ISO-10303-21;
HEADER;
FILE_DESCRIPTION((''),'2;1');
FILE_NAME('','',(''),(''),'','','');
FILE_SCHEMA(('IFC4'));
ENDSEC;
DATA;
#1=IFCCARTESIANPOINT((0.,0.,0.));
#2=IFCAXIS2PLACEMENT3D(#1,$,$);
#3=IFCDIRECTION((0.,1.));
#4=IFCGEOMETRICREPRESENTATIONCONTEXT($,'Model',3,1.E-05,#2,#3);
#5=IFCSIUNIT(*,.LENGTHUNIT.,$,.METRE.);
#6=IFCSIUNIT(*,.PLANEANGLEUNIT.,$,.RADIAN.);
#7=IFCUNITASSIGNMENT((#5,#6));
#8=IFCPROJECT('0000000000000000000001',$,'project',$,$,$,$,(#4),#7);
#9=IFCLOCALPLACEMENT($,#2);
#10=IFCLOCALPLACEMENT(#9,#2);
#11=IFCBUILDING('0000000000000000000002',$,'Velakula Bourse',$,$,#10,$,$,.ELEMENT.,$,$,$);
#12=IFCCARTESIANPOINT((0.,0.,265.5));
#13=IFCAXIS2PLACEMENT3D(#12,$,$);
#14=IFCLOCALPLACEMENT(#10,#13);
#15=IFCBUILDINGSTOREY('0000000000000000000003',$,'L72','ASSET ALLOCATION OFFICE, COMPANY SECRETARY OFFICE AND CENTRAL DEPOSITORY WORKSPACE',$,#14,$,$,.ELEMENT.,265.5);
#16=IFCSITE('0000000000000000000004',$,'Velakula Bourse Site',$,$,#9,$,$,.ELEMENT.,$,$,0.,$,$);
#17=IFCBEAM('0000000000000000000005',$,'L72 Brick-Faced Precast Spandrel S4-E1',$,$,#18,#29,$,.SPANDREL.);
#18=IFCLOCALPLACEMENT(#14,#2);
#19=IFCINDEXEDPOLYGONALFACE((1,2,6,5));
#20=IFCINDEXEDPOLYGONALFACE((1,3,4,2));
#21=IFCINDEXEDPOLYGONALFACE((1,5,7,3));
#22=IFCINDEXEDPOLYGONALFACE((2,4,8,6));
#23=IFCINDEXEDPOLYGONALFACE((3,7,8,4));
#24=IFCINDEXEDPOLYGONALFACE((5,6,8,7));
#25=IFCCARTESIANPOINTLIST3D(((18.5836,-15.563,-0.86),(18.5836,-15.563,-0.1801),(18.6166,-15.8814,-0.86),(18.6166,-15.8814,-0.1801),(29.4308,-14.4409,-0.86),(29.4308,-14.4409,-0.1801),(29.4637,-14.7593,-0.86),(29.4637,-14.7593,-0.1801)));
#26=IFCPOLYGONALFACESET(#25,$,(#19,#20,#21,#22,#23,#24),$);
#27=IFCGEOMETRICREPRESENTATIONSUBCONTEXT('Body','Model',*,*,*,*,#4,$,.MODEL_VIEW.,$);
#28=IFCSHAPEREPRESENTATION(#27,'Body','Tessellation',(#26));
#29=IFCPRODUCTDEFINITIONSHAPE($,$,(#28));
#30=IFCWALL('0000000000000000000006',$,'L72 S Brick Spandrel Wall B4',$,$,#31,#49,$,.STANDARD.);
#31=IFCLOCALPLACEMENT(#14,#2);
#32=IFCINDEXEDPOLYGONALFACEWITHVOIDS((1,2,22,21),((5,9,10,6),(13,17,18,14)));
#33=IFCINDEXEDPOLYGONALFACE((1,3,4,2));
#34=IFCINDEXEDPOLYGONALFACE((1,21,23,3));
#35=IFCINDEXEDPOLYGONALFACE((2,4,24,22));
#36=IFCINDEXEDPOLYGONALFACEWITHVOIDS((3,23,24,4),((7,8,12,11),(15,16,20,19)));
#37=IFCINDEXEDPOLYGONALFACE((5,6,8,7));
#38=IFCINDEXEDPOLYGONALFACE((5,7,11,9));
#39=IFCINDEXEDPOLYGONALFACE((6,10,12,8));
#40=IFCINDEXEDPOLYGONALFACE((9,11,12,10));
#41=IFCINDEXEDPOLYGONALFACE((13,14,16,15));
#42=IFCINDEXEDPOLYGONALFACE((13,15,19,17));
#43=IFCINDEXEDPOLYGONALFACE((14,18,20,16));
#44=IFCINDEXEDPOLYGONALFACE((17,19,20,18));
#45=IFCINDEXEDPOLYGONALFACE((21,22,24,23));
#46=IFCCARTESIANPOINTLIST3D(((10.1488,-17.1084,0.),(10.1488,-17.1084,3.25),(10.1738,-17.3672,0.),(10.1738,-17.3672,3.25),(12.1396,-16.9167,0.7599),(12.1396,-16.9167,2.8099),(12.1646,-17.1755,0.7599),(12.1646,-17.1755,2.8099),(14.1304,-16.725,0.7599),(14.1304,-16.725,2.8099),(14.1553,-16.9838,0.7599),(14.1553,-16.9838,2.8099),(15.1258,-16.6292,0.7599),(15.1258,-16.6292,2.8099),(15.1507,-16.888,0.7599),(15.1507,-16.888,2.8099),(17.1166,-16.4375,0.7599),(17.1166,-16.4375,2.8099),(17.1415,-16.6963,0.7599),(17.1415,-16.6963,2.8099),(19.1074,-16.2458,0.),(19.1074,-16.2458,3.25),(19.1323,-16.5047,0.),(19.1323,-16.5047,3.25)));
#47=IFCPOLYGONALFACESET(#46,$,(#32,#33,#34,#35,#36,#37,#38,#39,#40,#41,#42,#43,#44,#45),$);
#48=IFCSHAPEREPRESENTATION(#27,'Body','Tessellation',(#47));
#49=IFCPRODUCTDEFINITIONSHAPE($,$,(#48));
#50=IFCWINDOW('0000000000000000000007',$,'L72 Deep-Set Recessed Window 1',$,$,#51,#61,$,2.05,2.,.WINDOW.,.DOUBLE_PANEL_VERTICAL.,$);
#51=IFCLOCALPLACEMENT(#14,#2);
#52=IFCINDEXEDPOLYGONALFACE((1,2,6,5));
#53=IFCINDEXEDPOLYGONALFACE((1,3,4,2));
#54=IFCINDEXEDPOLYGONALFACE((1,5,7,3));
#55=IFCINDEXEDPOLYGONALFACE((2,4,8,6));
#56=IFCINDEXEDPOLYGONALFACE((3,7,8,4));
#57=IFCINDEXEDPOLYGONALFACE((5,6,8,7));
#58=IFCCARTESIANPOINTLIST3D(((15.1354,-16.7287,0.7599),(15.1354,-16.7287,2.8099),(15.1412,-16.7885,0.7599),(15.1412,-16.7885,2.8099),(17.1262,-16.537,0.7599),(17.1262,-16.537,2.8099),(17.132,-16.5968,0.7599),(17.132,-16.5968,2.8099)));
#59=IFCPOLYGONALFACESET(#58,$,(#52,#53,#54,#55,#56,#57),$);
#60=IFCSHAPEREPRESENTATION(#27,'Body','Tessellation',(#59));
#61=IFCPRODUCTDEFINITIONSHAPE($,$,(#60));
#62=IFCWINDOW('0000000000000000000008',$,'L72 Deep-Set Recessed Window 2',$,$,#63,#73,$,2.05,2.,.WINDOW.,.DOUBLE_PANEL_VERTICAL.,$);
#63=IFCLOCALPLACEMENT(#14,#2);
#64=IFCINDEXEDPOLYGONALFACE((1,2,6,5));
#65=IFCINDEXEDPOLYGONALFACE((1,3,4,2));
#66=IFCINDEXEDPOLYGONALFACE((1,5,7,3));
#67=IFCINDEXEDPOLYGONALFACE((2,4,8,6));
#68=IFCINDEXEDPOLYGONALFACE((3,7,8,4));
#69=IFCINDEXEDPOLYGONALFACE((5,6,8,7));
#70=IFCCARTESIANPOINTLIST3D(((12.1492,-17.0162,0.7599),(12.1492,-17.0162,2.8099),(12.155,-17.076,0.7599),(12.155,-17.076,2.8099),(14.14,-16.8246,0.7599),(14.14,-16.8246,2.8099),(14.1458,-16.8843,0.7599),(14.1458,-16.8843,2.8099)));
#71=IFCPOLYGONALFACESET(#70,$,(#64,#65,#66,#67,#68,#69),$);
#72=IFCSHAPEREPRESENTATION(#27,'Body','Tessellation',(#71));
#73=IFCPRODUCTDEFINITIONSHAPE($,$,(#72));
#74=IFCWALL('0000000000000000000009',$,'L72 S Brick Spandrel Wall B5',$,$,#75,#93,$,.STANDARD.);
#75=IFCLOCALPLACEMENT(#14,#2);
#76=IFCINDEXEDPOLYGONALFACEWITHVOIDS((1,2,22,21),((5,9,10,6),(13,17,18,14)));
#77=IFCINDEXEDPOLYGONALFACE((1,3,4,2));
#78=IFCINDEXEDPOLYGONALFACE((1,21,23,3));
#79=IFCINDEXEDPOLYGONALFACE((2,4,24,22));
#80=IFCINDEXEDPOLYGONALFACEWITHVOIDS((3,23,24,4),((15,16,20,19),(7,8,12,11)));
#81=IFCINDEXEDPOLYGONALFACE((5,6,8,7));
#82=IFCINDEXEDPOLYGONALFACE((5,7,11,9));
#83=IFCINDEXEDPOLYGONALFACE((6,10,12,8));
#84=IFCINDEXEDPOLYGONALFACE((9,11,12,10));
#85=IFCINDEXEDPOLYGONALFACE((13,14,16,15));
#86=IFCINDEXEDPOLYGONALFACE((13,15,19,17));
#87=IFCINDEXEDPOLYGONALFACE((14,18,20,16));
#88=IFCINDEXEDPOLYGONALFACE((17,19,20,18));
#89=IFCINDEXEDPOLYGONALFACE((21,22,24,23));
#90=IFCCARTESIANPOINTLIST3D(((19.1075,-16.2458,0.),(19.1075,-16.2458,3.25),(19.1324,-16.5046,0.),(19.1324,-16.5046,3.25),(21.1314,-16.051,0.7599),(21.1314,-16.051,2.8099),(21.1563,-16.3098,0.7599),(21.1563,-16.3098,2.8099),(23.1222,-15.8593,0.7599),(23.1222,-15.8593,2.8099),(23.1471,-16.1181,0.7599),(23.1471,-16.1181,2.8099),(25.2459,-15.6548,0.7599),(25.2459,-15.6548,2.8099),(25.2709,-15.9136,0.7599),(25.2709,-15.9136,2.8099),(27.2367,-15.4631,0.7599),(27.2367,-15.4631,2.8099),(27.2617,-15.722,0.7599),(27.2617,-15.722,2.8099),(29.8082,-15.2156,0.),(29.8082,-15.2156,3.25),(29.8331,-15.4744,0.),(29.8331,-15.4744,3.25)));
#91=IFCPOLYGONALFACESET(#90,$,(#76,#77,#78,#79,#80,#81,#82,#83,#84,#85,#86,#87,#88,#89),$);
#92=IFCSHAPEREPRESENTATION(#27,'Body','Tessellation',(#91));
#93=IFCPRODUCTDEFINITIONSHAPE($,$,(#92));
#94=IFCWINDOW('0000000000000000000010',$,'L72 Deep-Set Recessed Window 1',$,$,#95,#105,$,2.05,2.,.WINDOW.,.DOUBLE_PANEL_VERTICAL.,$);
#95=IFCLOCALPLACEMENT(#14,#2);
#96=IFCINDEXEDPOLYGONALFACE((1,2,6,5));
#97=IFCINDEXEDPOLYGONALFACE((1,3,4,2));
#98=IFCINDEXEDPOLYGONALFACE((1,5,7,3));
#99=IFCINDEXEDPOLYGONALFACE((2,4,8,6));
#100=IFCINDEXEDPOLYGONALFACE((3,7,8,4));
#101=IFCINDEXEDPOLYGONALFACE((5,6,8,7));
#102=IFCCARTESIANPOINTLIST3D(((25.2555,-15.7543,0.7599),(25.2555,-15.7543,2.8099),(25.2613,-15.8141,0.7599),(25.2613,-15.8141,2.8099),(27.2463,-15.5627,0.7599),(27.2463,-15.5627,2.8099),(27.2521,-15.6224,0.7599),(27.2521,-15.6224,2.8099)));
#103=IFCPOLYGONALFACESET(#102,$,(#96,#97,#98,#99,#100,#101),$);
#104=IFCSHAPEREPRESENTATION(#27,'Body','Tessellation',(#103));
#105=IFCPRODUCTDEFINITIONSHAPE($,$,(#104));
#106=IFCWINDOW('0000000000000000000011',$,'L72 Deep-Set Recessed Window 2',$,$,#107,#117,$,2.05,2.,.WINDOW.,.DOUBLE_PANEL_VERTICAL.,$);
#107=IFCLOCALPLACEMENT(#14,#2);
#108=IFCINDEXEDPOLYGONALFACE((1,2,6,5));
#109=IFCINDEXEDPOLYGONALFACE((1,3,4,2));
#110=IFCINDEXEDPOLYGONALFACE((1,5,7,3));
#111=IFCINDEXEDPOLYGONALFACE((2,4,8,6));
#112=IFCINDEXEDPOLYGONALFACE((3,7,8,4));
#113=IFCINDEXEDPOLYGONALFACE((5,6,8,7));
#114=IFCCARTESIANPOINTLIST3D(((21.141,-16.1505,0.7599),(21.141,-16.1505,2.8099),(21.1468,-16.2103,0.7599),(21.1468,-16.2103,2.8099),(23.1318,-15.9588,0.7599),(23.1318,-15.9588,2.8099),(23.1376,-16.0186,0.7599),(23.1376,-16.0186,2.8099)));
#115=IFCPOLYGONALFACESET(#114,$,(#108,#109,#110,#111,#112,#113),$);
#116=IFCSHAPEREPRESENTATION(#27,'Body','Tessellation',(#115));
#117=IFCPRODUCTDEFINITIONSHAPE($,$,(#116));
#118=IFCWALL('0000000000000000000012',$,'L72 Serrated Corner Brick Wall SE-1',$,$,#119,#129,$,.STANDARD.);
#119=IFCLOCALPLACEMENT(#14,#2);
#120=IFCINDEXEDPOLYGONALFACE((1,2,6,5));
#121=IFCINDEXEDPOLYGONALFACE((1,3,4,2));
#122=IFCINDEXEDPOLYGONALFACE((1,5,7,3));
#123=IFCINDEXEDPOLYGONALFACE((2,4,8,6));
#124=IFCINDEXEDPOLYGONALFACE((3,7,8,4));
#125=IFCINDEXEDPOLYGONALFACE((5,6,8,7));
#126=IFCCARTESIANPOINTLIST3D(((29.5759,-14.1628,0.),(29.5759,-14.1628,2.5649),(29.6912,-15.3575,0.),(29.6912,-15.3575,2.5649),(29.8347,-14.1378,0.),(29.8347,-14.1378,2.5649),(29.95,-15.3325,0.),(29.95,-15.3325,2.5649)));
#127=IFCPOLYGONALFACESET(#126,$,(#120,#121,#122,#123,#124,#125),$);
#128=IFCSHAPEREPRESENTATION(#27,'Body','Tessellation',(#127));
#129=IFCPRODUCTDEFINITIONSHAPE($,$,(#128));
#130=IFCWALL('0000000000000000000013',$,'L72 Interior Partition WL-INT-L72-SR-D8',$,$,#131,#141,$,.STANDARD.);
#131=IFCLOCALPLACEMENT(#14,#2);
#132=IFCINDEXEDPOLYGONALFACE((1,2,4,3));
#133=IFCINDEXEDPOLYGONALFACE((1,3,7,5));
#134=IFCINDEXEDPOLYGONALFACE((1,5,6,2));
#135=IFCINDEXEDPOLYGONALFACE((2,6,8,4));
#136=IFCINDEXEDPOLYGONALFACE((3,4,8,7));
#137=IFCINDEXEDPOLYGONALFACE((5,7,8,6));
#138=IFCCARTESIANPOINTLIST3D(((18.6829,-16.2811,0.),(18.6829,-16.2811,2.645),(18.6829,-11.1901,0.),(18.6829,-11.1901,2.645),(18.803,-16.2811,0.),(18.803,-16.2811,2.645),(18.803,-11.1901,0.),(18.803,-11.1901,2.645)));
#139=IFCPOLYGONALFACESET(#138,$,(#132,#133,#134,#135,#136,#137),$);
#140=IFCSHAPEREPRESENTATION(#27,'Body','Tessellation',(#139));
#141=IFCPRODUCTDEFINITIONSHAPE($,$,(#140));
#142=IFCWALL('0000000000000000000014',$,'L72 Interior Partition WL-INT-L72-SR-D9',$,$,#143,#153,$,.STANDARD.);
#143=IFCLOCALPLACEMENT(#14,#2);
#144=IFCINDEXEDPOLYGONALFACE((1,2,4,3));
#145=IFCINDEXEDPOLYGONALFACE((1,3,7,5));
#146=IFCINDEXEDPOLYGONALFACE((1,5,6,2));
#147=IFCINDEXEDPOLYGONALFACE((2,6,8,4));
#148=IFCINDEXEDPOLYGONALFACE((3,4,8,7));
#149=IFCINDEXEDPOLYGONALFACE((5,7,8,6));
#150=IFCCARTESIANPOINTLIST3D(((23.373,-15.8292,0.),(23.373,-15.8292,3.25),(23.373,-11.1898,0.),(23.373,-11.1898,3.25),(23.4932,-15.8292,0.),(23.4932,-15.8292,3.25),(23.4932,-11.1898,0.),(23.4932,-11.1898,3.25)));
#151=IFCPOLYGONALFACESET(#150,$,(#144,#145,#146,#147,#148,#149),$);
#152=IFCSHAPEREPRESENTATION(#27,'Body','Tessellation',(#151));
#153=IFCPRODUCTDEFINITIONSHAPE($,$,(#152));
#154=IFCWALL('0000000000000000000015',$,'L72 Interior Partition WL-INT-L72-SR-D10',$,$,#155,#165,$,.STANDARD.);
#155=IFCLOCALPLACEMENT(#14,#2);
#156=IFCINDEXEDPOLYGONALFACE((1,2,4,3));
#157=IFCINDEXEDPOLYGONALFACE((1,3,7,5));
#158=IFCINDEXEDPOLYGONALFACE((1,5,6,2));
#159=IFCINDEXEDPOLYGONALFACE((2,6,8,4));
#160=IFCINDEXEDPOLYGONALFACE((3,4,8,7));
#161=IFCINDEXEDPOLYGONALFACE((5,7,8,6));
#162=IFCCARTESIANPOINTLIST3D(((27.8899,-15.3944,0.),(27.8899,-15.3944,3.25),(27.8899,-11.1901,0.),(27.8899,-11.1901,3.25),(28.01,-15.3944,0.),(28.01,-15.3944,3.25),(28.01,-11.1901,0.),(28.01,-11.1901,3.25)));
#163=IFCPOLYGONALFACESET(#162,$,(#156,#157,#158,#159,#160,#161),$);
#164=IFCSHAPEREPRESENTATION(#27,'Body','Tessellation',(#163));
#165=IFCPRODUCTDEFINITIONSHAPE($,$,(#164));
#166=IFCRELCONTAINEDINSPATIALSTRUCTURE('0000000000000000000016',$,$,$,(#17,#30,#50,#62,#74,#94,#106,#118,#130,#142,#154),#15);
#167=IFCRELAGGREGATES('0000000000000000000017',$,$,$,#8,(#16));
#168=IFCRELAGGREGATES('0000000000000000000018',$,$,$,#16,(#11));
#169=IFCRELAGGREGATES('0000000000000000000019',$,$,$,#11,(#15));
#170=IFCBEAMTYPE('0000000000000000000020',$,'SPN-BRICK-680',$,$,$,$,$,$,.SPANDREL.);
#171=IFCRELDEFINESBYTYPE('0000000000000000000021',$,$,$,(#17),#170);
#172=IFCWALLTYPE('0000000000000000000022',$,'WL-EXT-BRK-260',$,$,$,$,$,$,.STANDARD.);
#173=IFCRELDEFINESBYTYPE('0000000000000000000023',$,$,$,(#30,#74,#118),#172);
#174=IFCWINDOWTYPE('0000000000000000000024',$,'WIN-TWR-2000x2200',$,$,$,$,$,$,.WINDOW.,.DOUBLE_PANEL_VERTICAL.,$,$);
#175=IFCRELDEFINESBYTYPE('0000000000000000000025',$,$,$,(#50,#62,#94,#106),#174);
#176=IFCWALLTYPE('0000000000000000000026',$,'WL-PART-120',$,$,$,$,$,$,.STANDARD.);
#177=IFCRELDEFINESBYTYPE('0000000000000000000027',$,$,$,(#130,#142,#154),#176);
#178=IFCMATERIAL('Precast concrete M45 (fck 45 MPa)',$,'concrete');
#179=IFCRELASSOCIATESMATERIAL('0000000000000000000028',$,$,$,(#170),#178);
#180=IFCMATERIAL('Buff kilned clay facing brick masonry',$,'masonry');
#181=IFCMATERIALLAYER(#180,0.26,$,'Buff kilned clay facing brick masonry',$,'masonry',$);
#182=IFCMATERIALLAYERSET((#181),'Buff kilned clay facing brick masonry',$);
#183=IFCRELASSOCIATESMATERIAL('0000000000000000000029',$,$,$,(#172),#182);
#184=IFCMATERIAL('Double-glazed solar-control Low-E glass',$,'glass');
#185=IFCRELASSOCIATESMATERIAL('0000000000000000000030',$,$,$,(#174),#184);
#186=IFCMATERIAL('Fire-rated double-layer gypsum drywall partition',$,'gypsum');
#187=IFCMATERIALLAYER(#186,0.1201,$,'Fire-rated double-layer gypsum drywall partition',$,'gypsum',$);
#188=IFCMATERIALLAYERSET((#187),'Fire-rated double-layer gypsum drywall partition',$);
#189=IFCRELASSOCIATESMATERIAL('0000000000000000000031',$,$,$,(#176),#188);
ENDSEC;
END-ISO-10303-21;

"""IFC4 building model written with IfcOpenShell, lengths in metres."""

from ifc_helpers import new_model, si_unit, direction, frame, frame_2d, origin, origin_2d, place, context, subcontext, project, spatial, rectangle, extrude, material, layer, layer_set, material_profile, profile_set, type_object, element, fill, save


model = new_model("IFC4")

# Units and contexts
model_context = context("Model", 3, precision=1e-05, world=origin(), true_north=direction((0.0, 1.0)))
body_context = subcontext(model_context, "Body", "Model", "MODEL_VIEW")
ifc_project = project(units=[si_unit("LENGTHUNIT", "METRE"), si_unit("PLANEANGLEUNIT", "RADIAN")], contexts=[model_context])

# Site, building, storey
site_placement = place(None, origin())
site = spatial("IfcSite", under=ifc_project, at=site_placement, Name="Velakula Bourse Site", CompositionType="ELEMENT", RefElevation=0.0)
building_placement = place(site_placement, origin())
building = spatial("IfcBuilding", under=site, at=building_placement, Name="Velakula Bourse", CompositionType="ELEMENT")
storey_placement = place(building_placement, frame((0.0, 0.0, 265.5)))
storey = spatial("IfcBuildingStorey", under=building, at=storey_placement, Name="L72", Description="ASSET ALLOCATION OFFICE, COMPANY SECRETARY OFFICE AND CENTRAL DEPOSITORY WORKSPACE", CompositionType="ELEMENT", Elevation=265.5)

# Beam
ifc_material_1 = material(Name="Precast concrete M45 (fck 45 MPa)", Category="concrete")
ifc_material_profile_1 = material_profile(ifc_material_1, rectangle(XDim=0.3201, YDim=0.6799, at=origin_2d()), Name="Precast concrete M45 (fck 45 MPa)")
ifc_profile_set_1 = profile_set([ifc_material_profile_1], Name="Precast concrete M45 (fck 45 MPa)")
beam_type_1 = type_object("IfcBeamType", Name="SPN-BRICK-680", PredefinedType="SPANDREL", material=ifc_profile_set_1)
beam_1_placement = place(storey_placement, frame((18.6001, -15.7222, -0.52), z_axis=(0.994692, 0.102895, 0.0), x_axis=(-0.102895, 0.994692, 0.0)))
element("IfcBeam", 1, at=beam_1_placement, inside=storey, type_object=beam_type_1, Name="L72 Brick-Faced Precast Spandrel S4-E1", PredefinedType="SPANDREL", context=body_context, shape_type="SweptSolid", body=[
    extrude(rectangle(XDim=0.3201, YDim=0.6799, at=origin_2d()), origin(), (0.0, 0.0, 1.0), 10.905),
])

# Walls, openings, windows
ifc_material_2 = material(Name="Buff kilned clay facing brick masonry", Category="masonry")
ifc_layer_1 = layer(ifc_material_2, 0.26, Name="Buff kilned clay facing brick masonry", Category="masonry")
ifc_layer_set_1 = layer_set([ifc_layer_1], Name="Buff kilned clay facing brick masonry")
wall_type_1 = type_object("IfcWallType", Name="WL-EXT-BRK-260", PredefinedType="STANDARD", material=ifc_layer_set_1)
wall_1_placement = place(storey_placement, frame((19.1199, -16.3752, 0.0), z_axis=(0.0, 0.0, 1.0), x_axis=(-0.995397, -0.09584, 0.0)))
wall_1 = element("IfcWall", 2, at=wall_1_placement, inside=storey, type_object=wall_type_1, Name="L72 S Brick Spandrel Wall B4", PredefinedType="STANDARD", context=body_context, shape_type="SweptSolid", body=[
    extrude(rectangle(XDim=9.0, YDim=0.26, at=frame_2d((4.5, 0.0))), origin(), (0.0, 0.0, 1.0), 3.25),
])
opening_1_placement = place(wall_1_placement, frame((2.0, 0.0, 0.76)))
opening_1 = element("IfcOpeningElement", 3, at=opening_1_placement, cuts=wall_1, PredefinedType="OPENING", context=body_context, shape_type="SweptSolid", body=[
    extrude(rectangle(XDim=2.0, YDim=2.05, at=frame_2d((1.0, 1.0249))), frame((0.0, 0.1399, 0.0), z_axis=(0.0, -1.0, 0.0), x_axis=(1.0, 0.0, 0.0)), (0.0, 0.0, 1.0), 0.28),
])
opening_2_placement = place(wall_1_placement, frame((5.0, 0.0, 0.76)))
opening_2 = element("IfcOpeningElement", 4, at=opening_2_placement, cuts=wall_1, PredefinedType="OPENING", context=body_context, shape_type="SweptSolid", body=[
    extrude(rectangle(XDim=2.0, YDim=2.05, at=frame_2d((1.0, 1.0249))), frame((0.0, 0.1399, 0.0), z_axis=(0.0, -1.0, 0.0), x_axis=(1.0, 0.0, 0.0)), (0.0, 0.0, 1.0), 0.28),
])
ifc_material_3 = material(Name="Double-glazed solar-control Low-E glass", Category="glass")
window_type = type_object("IfcWindowType", Name="WIN-TWR-2000x2200", PartitioningType="DOUBLE_PANEL_VERTICAL", PredefinedType="WINDOW", material=ifc_material_3)
window_1_placement = place(opening_1_placement, origin())
window_1 = element("IfcWindow", 5, at=window_1_placement, inside=storey, type_object=window_type, Name="L72 Deep-Set Recessed Window 1", OverallHeight=2.05, OverallWidth=2.0, PartitioningType="DOUBLE_PANEL_VERTICAL", PredefinedType="WINDOW", context=body_context, shape_type="SweptSolid", body=[
    extrude(rectangle(XDim=2.0, YDim=2.05, at=frame_2d((1.0, 1.0249))), frame((0.0, 0.03, 0.0), z_axis=(0.0, -1.0, 0.0), x_axis=(1.0, 0.0, 0.0)), (0.0, 0.0, 1.0), 0.0601),
])
fill(opening_1, window_1)
window_2_placement = place(opening_2_placement, origin())
window_2 = element("IfcWindow", 6, at=window_2_placement, inside=storey, type_object=window_type, Name="L72 Deep-Set Recessed Window 2", OverallHeight=2.05, OverallWidth=2.0, PartitioningType="DOUBLE_PANEL_VERTICAL", PredefinedType="WINDOW", context=body_context, shape_type="SweptSolid", body=[
    extrude(rectangle(XDim=2.0, YDim=2.05, at=frame_2d((1.0, 1.0249))), frame((0.0, 0.03, 0.0), z_axis=(0.0, -1.0, 0.0), x_axis=(1.0, 0.0, 0.0)), (0.0, 0.0, 1.0), 0.0601),
])
fill(opening_2, window_2)
wall_2_placement = place(storey_placement, frame((29.8206, -15.345, 0.0), z_axis=(0.0, 0.0, 1.0), x_axis=(-0.995397, -0.095838, 0.0)))
wall_2 = element("IfcWall", 7, at=wall_2_placement, inside=storey, type_object=wall_type_1, Name="L72 S Brick Spandrel Wall B5", PredefinedType="STANDARD", context=body_context, shape_type="SweptSolid", body=[
    extrude(rectangle(XDim=10.7502, YDim=0.26, at=frame_2d((5.375, 0.0))), origin(), (0.0, 0.0, 1.0), 3.25),
])
opening_3_placement = place(wall_2_placement, frame((2.5833, 0.0, 0.76)))
opening_3 = element("IfcOpeningElement", 8, at=opening_3_placement, cuts=wall_2, PredefinedType="OPENING", context=body_context, shape_type="SweptSolid", body=[
    extrude(rectangle(XDim=2.0, YDim=2.05, at=frame_2d((1.0, 1.0249))), frame((0.0, 0.1399, 0.0), z_axis=(0.0, -1.0, 0.0), x_axis=(1.0, 0.0, 0.0)), (0.0, 0.0, 1.0), 0.28),
])
opening_4_placement = place(wall_2_placement, frame((6.7168, 0.0, 0.76)))
opening_4 = element("IfcOpeningElement", 9, at=opening_4_placement, cuts=wall_2, PredefinedType="OPENING", context=body_context, shape_type="SweptSolid", body=[
    extrude(rectangle(XDim=2.0, YDim=2.05, at=frame_2d((1.0, 1.0249))), frame((0.0, 0.1399, 0.0), z_axis=(0.0, -1.0, 0.0), x_axis=(1.0, 0.0, 0.0)), (0.0, 0.0, 1.0), 0.28),
])
window_3_placement = place(opening_3_placement, origin())
window_3 = element("IfcWindow", 10, at=window_3_placement, inside=storey, type_object=window_type, Name="L72 Deep-Set Recessed Window 1", OverallHeight=2.05, OverallWidth=2.0, PartitioningType="DOUBLE_PANEL_VERTICAL", PredefinedType="WINDOW", context=body_context, shape_type="SweptSolid", body=[
    extrude(rectangle(XDim=2.0, YDim=2.05, at=frame_2d((1.0, 1.0249))), frame((0.0, 0.03, 0.0), z_axis=(0.0, -1.0, 0.0), x_axis=(1.0, 0.0, 0.0)), (0.0, 0.0, 1.0), 0.0601),
])
fill(opening_3, window_3)
window_4_placement = place(opening_4_placement, origin())
window_4 = element("IfcWindow", 11, at=window_4_placement, inside=storey, type_object=window_type, Name="L72 Deep-Set Recessed Window 2", OverallHeight=2.05, OverallWidth=2.0, PartitioningType="DOUBLE_PANEL_VERTICAL", PredefinedType="WINDOW", context=body_context, shape_type="SweptSolid", body=[
    extrude(rectangle(XDim=2.0, YDim=2.05, at=frame_2d((1.0, 1.0249))), frame((0.0, 0.03, 0.0), z_axis=(0.0, -1.0, 0.0), x_axis=(1.0, 0.0, 0.0)), (0.0, 0.0, 1.0), 0.0601),
])
fill(opening_4, window_4)

# Walls
wall_3_placement = place(storey_placement, frame((29.8206, -15.345, 0.0), z_axis=(0.0, 0.0, 1.0), x_axis=(-0.096019, 0.99538, 0.0)))
element("IfcWall", 12, at=wall_3_placement, inside=storey, type_object=wall_type_1, Name="L72 Serrated Corner Brick Wall SE-1", PredefinedType="STANDARD", context=body_context, shape_type="SweptSolid", body=[
    extrude(rectangle(XDim=1.2002, YDim=0.26, at=frame_2d((0.6001, 0.0))), origin(), (0.0, 0.0, 1.0), 2.5649),
])
ifc_material_4 = material(Name="Fire-rated double-layer gypsum drywall partition", Category="gypsum")
ifc_layer_2 = layer(ifc_material_4, 0.1201, Name="Fire-rated double-layer gypsum drywall partition", Category="gypsum")
ifc_layer_set_2 = layer_set([ifc_layer_2], Name="Fire-rated double-layer gypsum drywall partition")
wall_type_2 = type_object("IfcWallType", Name="WL-PART-120", PredefinedType="STANDARD", material=ifc_layer_set_2)
wall_4_placement = place(storey_placement, frame((18.7429, -16.281, 0.0), z_axis=(0.0, 0.0, 1.0), x_axis=(0.0, 1.0, 0.0)))
element("IfcWall", 13, at=wall_4_placement, inside=storey, type_object=wall_type_2, Name="L72 Interior Partition WL-INT-L72-SR-D8", PredefinedType="STANDARD", context=body_context, shape_type="SweptSolid", body=[
    extrude(rectangle(XDim=5.0911, YDim=0.1201, at=frame_2d((2.5454, 0.0))), origin(), (0.0, 0.0, 1.0), 2.645),
])
wall_5_placement = place(storey_placement, frame((23.4331, -15.8293, 0.0), z_axis=(0.0, 0.0, 1.0), x_axis=(0.0, 1.0, 0.0)))
element("IfcWall", 14, at=wall_5_placement, inside=storey, type_object=wall_type_2, Name="L72 Interior Partition WL-INT-L72-SR-D9", PredefinedType="STANDARD", context=body_context, shape_type="SweptSolid", body=[
    extrude(rectangle(XDim=4.6394, YDim=0.1201, at=frame_2d((2.3198, 0.0))), origin(), (0.0, 0.0, 1.0), 3.25),
])
wall_6_placement = place(storey_placement, frame((27.95, -15.3943, 0.0), z_axis=(0.0, 0.0, 1.0), x_axis=(0.0, 1.0, 0.0)))
element("IfcWall", 15, at=wall_6_placement, inside=storey, type_object=wall_type_2, Name="L72 Interior Partition WL-INT-L72-SR-D10", PredefinedType="STANDARD", context=body_context, shape_type="SweptSolid", body=[
    extrude(rectangle(XDim=4.2043, YDim=0.1201, at=frame_2d((2.1021, 0.0))), origin(), (0.0, 0.0, 1.0), 3.25),
])

save(model, "model.ifc")
